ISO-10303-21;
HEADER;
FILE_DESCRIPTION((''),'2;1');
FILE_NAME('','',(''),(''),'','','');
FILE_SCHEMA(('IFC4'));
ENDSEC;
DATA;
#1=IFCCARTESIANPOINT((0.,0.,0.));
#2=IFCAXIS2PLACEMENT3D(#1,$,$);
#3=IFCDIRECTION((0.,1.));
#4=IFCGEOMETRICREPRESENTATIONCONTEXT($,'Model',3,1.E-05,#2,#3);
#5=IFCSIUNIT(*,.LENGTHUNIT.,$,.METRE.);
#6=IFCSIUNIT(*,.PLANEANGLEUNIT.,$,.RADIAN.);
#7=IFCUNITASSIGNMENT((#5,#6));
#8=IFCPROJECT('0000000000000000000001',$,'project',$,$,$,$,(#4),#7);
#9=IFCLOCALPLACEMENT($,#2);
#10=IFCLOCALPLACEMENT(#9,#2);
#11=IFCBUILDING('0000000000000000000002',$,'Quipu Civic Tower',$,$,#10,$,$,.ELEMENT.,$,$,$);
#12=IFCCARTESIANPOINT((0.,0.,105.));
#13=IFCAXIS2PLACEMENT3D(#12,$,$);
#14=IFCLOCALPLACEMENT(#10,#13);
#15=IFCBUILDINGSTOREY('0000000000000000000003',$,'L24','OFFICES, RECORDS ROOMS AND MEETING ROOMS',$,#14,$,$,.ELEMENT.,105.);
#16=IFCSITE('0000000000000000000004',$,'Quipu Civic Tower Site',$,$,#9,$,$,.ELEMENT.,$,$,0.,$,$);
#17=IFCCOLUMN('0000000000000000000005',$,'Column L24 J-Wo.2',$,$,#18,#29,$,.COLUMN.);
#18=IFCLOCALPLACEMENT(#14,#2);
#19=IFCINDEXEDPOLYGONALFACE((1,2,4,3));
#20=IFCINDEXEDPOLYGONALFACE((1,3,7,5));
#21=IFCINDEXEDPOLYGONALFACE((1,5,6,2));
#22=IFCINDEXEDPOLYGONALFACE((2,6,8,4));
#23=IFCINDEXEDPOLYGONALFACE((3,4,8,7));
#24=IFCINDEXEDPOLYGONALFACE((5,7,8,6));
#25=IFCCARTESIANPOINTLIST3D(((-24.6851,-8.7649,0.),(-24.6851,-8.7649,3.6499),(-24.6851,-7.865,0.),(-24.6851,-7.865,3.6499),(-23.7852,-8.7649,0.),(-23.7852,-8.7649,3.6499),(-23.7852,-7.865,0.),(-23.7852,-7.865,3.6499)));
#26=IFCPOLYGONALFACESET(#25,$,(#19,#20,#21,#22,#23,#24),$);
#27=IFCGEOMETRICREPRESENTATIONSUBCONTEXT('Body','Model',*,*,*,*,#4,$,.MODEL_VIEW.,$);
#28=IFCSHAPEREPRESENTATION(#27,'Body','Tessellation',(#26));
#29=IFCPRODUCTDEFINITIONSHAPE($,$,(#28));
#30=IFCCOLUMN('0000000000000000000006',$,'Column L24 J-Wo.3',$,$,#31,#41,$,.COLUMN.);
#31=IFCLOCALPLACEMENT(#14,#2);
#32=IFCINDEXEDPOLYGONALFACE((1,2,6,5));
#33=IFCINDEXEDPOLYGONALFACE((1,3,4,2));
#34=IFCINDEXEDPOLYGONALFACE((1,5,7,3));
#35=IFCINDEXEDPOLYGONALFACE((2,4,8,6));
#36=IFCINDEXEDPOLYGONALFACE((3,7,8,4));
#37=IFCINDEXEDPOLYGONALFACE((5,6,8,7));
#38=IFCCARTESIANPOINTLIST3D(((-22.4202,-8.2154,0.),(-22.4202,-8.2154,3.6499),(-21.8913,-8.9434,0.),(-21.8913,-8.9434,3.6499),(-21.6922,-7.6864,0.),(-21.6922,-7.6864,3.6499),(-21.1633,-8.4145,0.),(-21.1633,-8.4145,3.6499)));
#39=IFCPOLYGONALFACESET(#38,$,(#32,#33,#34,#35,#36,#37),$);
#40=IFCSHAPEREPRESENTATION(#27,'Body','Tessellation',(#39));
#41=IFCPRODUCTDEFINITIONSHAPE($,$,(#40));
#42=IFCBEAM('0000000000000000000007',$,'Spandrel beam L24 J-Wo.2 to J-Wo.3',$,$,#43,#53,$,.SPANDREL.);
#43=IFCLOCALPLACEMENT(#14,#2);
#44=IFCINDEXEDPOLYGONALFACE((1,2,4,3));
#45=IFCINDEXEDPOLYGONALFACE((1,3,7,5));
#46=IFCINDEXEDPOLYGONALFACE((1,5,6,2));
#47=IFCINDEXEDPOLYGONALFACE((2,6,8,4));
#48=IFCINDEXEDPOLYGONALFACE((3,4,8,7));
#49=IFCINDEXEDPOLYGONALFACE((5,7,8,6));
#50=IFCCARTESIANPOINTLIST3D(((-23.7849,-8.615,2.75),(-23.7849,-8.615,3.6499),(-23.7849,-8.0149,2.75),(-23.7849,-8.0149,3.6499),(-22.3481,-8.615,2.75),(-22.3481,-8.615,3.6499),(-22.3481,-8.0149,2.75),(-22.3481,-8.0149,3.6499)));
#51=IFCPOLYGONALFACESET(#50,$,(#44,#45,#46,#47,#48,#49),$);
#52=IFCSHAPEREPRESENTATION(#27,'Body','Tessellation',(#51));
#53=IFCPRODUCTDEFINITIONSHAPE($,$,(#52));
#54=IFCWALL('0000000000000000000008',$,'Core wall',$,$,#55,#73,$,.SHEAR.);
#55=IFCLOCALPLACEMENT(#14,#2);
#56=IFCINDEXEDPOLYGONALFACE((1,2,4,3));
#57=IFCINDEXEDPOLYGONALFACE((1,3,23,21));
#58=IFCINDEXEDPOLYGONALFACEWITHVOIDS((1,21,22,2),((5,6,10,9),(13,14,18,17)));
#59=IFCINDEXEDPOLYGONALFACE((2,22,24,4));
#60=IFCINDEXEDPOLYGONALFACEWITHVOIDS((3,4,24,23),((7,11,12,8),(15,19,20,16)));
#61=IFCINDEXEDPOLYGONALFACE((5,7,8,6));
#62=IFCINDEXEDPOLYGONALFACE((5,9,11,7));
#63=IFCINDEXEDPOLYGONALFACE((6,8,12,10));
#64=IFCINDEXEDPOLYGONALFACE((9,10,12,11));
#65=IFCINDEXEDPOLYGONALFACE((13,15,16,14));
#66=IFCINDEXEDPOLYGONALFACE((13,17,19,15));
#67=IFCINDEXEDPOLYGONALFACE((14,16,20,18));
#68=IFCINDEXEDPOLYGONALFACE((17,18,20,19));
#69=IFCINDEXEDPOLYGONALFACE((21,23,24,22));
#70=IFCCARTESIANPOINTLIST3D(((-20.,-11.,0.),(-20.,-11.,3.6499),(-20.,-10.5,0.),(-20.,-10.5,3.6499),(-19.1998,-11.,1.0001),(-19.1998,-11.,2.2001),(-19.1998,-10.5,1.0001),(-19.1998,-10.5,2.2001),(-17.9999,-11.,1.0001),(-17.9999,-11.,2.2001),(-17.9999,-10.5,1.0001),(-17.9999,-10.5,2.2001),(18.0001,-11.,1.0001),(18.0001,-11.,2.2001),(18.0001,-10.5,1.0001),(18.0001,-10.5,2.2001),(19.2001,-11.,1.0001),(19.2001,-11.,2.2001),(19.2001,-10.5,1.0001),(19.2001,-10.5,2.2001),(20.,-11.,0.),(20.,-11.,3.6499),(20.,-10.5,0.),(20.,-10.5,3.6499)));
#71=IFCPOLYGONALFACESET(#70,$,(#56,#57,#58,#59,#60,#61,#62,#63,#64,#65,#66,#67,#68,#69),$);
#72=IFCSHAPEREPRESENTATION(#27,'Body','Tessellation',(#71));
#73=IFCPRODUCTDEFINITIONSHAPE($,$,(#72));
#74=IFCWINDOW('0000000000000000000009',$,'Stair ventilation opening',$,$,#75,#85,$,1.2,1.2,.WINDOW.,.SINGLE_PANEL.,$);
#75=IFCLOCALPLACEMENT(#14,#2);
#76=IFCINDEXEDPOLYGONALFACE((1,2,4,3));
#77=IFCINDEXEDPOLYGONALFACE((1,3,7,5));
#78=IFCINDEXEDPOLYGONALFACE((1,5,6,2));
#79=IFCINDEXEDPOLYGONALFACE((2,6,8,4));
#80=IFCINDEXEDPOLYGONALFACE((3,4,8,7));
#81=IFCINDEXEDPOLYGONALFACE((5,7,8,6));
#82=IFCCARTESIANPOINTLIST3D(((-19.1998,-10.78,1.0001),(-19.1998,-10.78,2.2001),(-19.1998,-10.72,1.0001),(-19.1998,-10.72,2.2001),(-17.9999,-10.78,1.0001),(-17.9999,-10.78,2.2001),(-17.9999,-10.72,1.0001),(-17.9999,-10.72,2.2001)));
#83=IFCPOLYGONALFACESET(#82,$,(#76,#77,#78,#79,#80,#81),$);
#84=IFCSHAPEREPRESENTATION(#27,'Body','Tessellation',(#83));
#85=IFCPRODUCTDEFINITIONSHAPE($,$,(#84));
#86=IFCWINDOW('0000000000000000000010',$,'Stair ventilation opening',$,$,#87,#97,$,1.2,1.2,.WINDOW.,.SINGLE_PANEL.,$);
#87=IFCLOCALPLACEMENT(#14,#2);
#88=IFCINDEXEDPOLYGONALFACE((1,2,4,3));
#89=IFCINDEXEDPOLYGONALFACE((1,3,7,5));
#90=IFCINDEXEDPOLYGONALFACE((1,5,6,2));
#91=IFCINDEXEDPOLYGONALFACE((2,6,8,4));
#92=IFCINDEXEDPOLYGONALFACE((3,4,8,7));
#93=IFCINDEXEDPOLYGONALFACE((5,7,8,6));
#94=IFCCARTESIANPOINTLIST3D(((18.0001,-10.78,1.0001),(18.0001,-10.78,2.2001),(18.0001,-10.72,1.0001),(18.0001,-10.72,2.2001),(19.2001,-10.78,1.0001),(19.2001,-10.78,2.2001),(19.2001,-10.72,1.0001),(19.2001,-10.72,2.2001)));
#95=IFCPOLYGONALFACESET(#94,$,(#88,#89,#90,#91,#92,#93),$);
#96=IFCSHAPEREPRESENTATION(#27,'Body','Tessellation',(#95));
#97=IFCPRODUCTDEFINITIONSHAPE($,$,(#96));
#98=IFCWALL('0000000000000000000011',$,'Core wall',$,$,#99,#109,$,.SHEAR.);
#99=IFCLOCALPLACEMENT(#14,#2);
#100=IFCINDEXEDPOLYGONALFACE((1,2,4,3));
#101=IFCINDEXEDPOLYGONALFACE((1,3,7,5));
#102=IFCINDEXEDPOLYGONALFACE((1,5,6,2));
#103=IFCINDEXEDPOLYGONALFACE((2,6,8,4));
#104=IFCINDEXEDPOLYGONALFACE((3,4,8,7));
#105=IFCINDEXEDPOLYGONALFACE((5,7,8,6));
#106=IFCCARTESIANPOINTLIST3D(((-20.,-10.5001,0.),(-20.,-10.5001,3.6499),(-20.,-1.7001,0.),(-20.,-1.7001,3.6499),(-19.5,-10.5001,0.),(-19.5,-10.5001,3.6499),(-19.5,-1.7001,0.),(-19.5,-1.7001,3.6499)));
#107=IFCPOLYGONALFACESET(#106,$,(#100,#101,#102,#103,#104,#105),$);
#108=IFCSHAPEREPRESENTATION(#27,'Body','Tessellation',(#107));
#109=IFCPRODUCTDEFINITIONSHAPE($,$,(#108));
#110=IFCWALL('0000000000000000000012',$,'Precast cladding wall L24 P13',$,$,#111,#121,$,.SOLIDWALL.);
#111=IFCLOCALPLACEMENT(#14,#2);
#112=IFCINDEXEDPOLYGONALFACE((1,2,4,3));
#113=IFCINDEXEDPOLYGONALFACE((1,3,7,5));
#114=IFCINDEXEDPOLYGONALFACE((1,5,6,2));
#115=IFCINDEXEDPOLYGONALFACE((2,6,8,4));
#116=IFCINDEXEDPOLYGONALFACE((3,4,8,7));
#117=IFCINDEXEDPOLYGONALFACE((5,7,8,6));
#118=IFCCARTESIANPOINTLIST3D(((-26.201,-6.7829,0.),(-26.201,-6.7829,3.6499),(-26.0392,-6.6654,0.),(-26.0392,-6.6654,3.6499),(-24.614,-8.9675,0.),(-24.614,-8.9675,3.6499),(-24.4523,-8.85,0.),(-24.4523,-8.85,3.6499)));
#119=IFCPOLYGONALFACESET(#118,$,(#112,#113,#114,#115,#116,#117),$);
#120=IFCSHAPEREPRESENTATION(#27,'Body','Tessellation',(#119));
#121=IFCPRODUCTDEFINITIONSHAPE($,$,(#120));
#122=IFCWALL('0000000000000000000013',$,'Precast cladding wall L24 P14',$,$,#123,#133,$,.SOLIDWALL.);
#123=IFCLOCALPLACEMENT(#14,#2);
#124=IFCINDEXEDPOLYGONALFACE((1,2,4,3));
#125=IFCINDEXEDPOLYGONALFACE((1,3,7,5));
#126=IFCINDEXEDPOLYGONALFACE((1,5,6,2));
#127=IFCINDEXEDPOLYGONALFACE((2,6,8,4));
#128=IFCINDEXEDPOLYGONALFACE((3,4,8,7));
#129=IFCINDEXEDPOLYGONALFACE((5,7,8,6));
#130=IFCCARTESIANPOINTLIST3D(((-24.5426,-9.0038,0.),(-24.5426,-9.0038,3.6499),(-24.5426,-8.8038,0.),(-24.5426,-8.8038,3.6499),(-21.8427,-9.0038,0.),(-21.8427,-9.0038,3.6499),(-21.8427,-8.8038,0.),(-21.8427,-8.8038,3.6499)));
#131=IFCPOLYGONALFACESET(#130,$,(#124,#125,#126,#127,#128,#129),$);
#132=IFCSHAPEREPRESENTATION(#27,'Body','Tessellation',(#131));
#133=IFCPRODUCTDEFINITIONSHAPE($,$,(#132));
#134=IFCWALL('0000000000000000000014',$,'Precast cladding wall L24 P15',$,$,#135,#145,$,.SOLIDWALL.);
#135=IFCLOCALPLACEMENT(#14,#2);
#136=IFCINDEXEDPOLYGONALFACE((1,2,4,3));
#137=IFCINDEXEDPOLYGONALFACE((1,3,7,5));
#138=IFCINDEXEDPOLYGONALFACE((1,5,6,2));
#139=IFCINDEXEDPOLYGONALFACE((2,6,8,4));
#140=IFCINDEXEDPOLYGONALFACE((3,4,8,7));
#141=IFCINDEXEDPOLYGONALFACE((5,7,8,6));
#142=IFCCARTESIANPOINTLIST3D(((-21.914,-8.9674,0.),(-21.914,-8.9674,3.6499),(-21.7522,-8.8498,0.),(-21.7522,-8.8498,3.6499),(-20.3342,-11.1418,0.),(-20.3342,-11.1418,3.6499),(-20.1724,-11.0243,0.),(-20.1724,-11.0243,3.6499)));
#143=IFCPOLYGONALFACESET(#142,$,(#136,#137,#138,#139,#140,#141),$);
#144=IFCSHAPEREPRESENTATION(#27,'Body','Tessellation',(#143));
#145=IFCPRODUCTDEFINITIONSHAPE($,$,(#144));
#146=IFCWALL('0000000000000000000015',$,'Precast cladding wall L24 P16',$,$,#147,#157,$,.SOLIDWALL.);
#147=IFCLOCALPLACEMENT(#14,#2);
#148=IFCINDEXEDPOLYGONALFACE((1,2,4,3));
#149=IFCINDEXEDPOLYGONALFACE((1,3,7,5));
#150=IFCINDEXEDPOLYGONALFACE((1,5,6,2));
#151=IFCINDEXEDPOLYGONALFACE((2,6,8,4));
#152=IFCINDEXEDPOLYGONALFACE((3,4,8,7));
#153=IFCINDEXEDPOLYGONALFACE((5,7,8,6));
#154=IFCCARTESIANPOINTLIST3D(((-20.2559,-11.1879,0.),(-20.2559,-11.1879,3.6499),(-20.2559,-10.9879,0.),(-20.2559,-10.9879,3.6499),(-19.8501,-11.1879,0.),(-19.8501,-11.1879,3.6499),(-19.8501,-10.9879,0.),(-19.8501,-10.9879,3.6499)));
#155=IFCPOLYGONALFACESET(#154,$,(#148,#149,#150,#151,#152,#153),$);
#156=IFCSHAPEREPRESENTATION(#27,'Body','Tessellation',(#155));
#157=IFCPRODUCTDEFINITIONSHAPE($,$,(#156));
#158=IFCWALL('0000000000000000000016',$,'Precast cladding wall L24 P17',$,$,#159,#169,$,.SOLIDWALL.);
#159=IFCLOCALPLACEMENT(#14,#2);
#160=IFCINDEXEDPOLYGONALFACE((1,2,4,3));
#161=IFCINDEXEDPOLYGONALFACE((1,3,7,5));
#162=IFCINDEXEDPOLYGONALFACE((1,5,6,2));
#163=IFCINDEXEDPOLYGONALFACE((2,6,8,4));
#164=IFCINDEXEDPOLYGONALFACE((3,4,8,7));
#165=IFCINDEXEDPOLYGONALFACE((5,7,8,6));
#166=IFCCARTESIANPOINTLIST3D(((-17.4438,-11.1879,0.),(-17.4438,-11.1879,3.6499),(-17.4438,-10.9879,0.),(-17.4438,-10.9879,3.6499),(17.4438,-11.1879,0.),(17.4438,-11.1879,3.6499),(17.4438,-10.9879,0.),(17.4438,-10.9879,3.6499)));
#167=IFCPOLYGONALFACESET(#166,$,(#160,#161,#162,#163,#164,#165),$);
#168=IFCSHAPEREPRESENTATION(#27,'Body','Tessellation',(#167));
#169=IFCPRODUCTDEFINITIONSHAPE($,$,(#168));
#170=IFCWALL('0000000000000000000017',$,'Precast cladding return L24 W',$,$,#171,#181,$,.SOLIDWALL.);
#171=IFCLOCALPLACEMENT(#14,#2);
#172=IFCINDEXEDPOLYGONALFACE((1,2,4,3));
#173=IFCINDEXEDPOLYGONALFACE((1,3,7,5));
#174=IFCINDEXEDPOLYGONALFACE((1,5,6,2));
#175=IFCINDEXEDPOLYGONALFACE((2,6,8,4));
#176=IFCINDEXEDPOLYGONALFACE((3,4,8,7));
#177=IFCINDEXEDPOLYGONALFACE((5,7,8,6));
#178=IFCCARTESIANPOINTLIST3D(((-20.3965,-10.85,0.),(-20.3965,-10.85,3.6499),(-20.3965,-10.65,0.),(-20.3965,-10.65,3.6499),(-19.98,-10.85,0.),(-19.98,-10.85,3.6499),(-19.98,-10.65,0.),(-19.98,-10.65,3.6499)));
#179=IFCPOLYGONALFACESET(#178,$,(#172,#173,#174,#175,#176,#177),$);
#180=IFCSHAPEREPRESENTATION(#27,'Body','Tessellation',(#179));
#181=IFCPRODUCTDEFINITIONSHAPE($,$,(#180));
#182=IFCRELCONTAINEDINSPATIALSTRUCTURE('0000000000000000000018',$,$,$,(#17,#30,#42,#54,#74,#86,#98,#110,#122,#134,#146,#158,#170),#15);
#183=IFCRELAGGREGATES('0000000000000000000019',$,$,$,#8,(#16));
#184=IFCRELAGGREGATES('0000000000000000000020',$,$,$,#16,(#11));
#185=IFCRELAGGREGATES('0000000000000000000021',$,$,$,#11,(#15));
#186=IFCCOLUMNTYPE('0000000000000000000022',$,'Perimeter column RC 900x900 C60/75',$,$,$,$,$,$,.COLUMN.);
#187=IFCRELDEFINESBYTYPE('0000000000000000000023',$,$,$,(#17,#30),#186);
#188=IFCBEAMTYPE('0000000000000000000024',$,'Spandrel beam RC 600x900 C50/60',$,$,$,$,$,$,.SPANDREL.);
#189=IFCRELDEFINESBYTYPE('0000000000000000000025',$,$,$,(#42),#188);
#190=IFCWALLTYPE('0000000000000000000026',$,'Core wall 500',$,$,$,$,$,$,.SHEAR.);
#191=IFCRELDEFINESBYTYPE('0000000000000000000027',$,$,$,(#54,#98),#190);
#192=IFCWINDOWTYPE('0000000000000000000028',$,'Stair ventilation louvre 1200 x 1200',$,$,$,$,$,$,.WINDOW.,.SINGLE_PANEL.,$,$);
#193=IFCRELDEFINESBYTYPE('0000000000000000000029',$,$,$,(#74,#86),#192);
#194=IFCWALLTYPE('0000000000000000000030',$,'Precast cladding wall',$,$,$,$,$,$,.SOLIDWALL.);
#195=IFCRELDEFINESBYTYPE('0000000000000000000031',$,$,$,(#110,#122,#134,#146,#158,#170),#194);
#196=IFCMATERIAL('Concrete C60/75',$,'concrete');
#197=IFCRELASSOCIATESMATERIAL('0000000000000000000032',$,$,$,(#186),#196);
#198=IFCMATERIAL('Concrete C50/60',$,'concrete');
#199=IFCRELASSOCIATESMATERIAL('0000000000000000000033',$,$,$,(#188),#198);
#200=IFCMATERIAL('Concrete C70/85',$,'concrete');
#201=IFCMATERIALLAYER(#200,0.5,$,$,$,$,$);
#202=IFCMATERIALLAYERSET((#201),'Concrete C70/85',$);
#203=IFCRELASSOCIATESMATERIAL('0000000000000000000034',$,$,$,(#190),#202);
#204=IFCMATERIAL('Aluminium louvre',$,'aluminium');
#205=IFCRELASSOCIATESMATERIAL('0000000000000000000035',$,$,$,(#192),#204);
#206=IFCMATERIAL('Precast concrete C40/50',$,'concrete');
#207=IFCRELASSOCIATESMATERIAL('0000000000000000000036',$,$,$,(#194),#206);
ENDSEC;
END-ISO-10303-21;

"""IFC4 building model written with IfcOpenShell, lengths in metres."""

from ifc_helpers import new_model, si_unit, direction, frame, frame_2d, origin, origin_2d, place, context, subcontext, project, spatial, rectangle, extrude, material, layer, layer_set, material_profile, profile_set, type_object, element, fill, save


model = new_model("IFC4")

# Units and contexts
model_context = context("Model", 3, precision=1e-05, world=origin(), true_north=direction((0.0, 1.0)))
body_context = subcontext(model_context, "Body", "Model", "MODEL_VIEW")
ifc_project = project(units=[si_unit("LENGTHUNIT", "METRE"), si_unit("PLANEANGLEUNIT", "RADIAN")], contexts=[model_context])

# Site, building, storey
site_placement = place(None, origin())
site = spatial("IfcSite", under=ifc_project, at=site_placement, Name="Quipu Civic Tower Site", CompositionType="ELEMENT", RefElevation=0.0)
building_placement = place(site_placement, origin())
building = spatial("IfcBuilding", under=site, at=building_placement, Name="Quipu Civic Tower", CompositionType="ELEMENT")
storey_placement = place(building_placement, frame((0.0, 0.0, 105.0)))
storey = spatial("IfcBuildingStorey", under=building, at=storey_placement, Name="L24", Description="OFFICES, RECORDS ROOMS AND MEETING ROOMS", CompositionType="ELEMENT", Elevation=105.0)

# Columns
ifc_material_1 = material(Name="Concrete C60/75", Category="concrete")
ifc_material_profile_1 = material_profile(ifc_material_1, rectangle(XDim=0.8999, YDim=0.8999, at=origin_2d()), Name="RC900x900")
ifc_profile_set_1 = profile_set([ifc_material_profile_1], Name="Concrete C60/75")
column_type = type_object("IfcColumnType", Name="Perimeter column RC 900x900 C60/75", PredefinedType="COLUMN", material=ifc_profile_set_1)
for number, where, z_axis, x_axis, name in (
    (1, (-24.2351, -8.3149, 0.0), (0.0, 0.0, 1.0), (1.0, 0.0, 0.0), "Column L24 J-Wo.2"),
    (2, (-21.7917, -8.3149, 0.0), (0.0, 0.0, 1.0), (0.587785, -0.809017, 0.0), "Column L24 J-Wo.3"),
):
    element("IfcColumn", number, at=place(storey_placement, frame(where, z_axis=z_axis, x_axis=x_axis)), inside=storey, type_object=column_type, Name=name, PredefinedType="COLUMN", context=body_context, shape_type="SweptSolid", body=[
        extrude(rectangle(XDim=0.8999, YDim=0.8999, at=origin_2d()), origin(), (0.0, 0.0, 1.0), 3.6499),
    ])

# Beam
ifc_material_2 = material(Name="Concrete C50/60", Category="concrete")
ifc_material_profile_2 = material_profile(ifc_material_2, rectangle(XDim=0.6001, YDim=0.8999, at=origin_2d()), Name="RC600x900")
ifc_profile_set_2 = profile_set([ifc_material_profile_2], Name="Concrete C50/60")
beam_type = type_object("IfcBeamType", Name="Spandrel beam RC 600x900 C50/60", PredefinedType="SPANDREL", material=ifc_profile_set_2)
beam_placement = place(storey_placement, frame((-23.7849, -8.3149, 3.2), z_axis=(1.0, 0.0, 0.0), x_axis=(0.0, 1.0, 0.0)))
element("IfcBeam", 3, at=beam_placement, inside=storey, type_object=beam_type, Name="Spandrel beam L24 J-Wo.2 to J-Wo.3", PredefinedType="SPANDREL", context=body_context, shape_type="SweptSolid", body=[
    extrude(rectangle(XDim=0.6001, YDim=0.8999, at=origin_2d()), origin(), (0.0, 0.0, 1.0), 1.4368),
])

# Wall, openings, windows
ifc_material_3 = material(Name="Concrete C70/85", Category="concrete")
ifc_layer = layer(ifc_material_3, 0.5)
ifc_layer_set = layer_set([ifc_layer], Name="Concrete C70/85")
wall_type_1 = type_object("IfcWallType", Name="Core wall 500", PredefinedType="SHEAR", material=ifc_layer_set)
wall_1_placement = place(storey_placement, frame((-20.0, -10.75, 0.0), z_axis=(0.0, 0.0, 1.0), x_axis=(1.0, 0.0, 0.0)))
wall_1 = element("IfcWall", 4, at=wall_1_placement, inside=storey, type_object=wall_type_1, Name="Core wall", PredefinedType="SHEAR", context=body_context, shape_type="SweptSolid", body=[
    extrude(rectangle(XDim=40.0, YDim=0.5, at=frame_2d((20.0, 0.0))), origin(), (0.0, 0.0, 1.0), 3.6499),
])
opening_1_placement = place(wall_1_placement, frame((0.8, 0.0, 1.0)))
opening_1 = element("IfcOpeningElement", 5, at=opening_1_placement, cuts=wall_1, PredefinedType="OPENING", context=body_context, shape_type="SweptSolid", body=[
    extrude(rectangle(XDim=1.2, YDim=1.2, at=frame_2d((0.6001, 0.6001))), frame((0.0, 0.26, 0.0), z_axis=(0.0, -1.0, 0.0), x_axis=(1.0, 0.0, 0.0)), (0.0, 0.0, 1.0), 0.52),
])
opening_2_placement = place(wall_1_placement, frame((38.0, 0.0, 1.0)))
opening_2 = element("IfcOpeningElement", 6, at=opening_2_placement, cuts=wall_1, PredefinedType="OPENING", context=body_context, shape_type="SweptSolid", body=[
    extrude(rectangle(XDim=1.2, YDim=1.2, at=frame_2d((0.6001, 0.6001))), frame((0.0, 0.26, 0.0), z_axis=(0.0, -1.0, 0.0), x_axis=(1.0, 0.0, 0.0)), (0.0, 0.0, 1.0), 0.52),
])
ifc_material_4 = material(Name="Aluminium louvre", Category="aluminium")
window_type = type_object("IfcWindowType", Name="Stair ventilation louvre 1200 x 1200", PartitioningType="SINGLE_PANEL", PredefinedType="WINDOW", material=ifc_material_4)
window_1_placement = place(opening_1_placement, origin())
window_1 = element("IfcWindow", 7, at=window_1_placement, inside=storey, type_object=window_type, Name="Stair ventilation opening", OverallHeight=1.2, OverallWidth=1.2, PartitioningType="SINGLE_PANEL", PredefinedType="WINDOW", context=body_context, shape_type="SweptSolid", body=[
    extrude(rectangle(XDim=1.2, YDim=1.2, at=frame_2d((0.6001, 0.6001))), frame((0.0, 0.03, 0.0), z_axis=(0.0, -1.0, 0.0), x_axis=(1.0, 0.0, 0.0)), (0.0, 0.0, 1.0), 0.0601),
])
fill(opening_1, window_1)
window_2_placement = place(opening_2_placement, origin())
window_2 = element("IfcWindow", 8, at=window_2_placement, inside=storey, type_object=window_type, Name="Stair ventilation opening", OverallHeight=1.2, OverallWidth=1.2, PartitioningType="SINGLE_PANEL", PredefinedType="WINDOW", context=body_context, shape_type="SweptSolid", body=[
    extrude(rectangle(XDim=1.2, YDim=1.2, at=frame_2d((0.6001, 0.6001))), frame((0.0, 0.03, 0.0), z_axis=(0.0, -1.0, 0.0), x_axis=(1.0, 0.0, 0.0)), (0.0, 0.0, 1.0), 0.0601),
])
fill(opening_2, window_2)

# Walls
wall_2_placement = place(storey_placement, frame((-19.75, -10.5, 0.0), z_axis=(0.0, 0.0, 1.0), x_axis=(0.0, 1.0, 0.0)))
element("IfcWall", 9, at=wall_2_placement, inside=storey, type_object=wall_type_1, Name="Core wall", PredefinedType="SHEAR", context=body_context, shape_type="SweptSolid", body=[
    extrude(rectangle(XDim=8.8, YDim=0.5, at=frame_2d((4.3999, 0.0))), origin(), (0.0, 0.0, 1.0), 3.6499),
])
ifc_material_5 = material(Name="Precast concrete C40/50", Category="concrete")
wall_type_2 = type_object("IfcWallType", Name="Precast cladding wall", PredefinedType="SOLIDWALL", material=ifc_material_5)
wall_3_placement = place(storey_placement, frame((-26.1201, -6.7241, 0.0), z_axis=(0.0, 0.0, 1.0), x_axis=(0.58772, -0.809064, 0.0)))
element("IfcWall", 10, at=wall_3_placement, inside=storey, type_object=wall_type_2, Name="Precast cladding wall L24 P13", PredefinedType="SOLIDWALL", context=body_context, shape_type="SweptSolid", body=[
    extrude(rectangle(XDim=2.7002, YDim=0.2, at=frame_2d((1.3501, 0.0))), origin(), (0.0, 0.0, 1.0), 3.6499),
])
wall_4_placement = place(storey_placement, frame((-24.5427, -8.9038, 0.0), z_axis=(0.0, 0.0, 1.0), x_axis=(1.0, 0.0, 0.0)))
element("IfcWall", 11, at=wall_4_placement, inside=storey, type_object=wall_type_2, Name="Precast cladding wall L24 P14", PredefinedType="SOLIDWALL", context=body_context, shape_type="SweptSolid", body=[
    extrude(rectangle(XDim=2.7, YDim=0.2, at=frame_2d((1.3501, 0.0))), origin(), (0.0, 0.0, 1.0), 3.6499),
])
wall_5_placement = place(storey_placement, frame((-21.833, -8.9087, 0.0), z_axis=(0.0, 0.0, 1.0), x_axis=(0.587767, -0.809031, 0.0)))
element("IfcWall", 12, at=wall_5_placement, inside=storey, type_object=wall_type_2, Name="Precast cladding wall L24 P15", PredefinedType="SOLIDWALL", context=body_context, shape_type="SweptSolid", body=[
    extrude(rectangle(XDim=2.6877, YDim=0.2, at=frame_2d((1.3438, 0.0))), origin(), (0.0, 0.0, 1.0), 3.6499),
])
wall_6_placement = place(storey_placement, frame((-20.2559, -11.0879, 0.0), z_axis=(0.0, 0.0, 1.0), x_axis=(1.0, 0.0, 0.0)))
element("IfcWall", 13, at=wall_6_placement, inside=storey, type_object=wall_type_2, Name="Precast cladding wall L24 P16", PredefinedType="SOLIDWALL", context=body_context, shape_type="SweptSolid", body=[
    extrude(rectangle(XDim=0.4058, YDim=0.2, at=frame_2d((0.2029, 0.0))), origin(), (0.0, 0.0, 1.0), 3.6499),
])
wall_7_placement = place(storey_placement, frame((-17.4438, -11.0879, 0.0), z_axis=(0.0, 0.0, 1.0), x_axis=(1.0, 0.0, 0.0)))
element("IfcWall", 14, at=wall_7_placement, inside=storey, type_object=wall_type_2, Name="Precast cladding wall L24 P17", PredefinedType="SOLIDWALL", context=body_context, shape_type="SweptSolid", body=[
    extrude(rectangle(XDim=34.8877, YDim=0.2, at=frame_2d((17.4438, 0.0))), origin(), (0.0, 0.0, 1.0), 3.6499),
])
wall_8_placement = place(storey_placement, frame((-19.98, -10.75, 0.0), z_axis=(0.0, 0.0, 1.0), x_axis=(-1.0, 0.0, 0.0)))
element("IfcWall", 15, at=wall_8_placement, inside=storey, type_object=wall_type_2, Name="Precast cladding return L24 W", PredefinedType="SOLIDWALL", context=body_context, shape_type="SweptSolid", body=[
    extrude(rectangle(XDim=0.4165, YDim=0.2, at=frame_2d((0.2083, 0.0))), origin(), (0.0, 0.0, 1.0), 3.6499),
])

save(model, "model.ifc")
